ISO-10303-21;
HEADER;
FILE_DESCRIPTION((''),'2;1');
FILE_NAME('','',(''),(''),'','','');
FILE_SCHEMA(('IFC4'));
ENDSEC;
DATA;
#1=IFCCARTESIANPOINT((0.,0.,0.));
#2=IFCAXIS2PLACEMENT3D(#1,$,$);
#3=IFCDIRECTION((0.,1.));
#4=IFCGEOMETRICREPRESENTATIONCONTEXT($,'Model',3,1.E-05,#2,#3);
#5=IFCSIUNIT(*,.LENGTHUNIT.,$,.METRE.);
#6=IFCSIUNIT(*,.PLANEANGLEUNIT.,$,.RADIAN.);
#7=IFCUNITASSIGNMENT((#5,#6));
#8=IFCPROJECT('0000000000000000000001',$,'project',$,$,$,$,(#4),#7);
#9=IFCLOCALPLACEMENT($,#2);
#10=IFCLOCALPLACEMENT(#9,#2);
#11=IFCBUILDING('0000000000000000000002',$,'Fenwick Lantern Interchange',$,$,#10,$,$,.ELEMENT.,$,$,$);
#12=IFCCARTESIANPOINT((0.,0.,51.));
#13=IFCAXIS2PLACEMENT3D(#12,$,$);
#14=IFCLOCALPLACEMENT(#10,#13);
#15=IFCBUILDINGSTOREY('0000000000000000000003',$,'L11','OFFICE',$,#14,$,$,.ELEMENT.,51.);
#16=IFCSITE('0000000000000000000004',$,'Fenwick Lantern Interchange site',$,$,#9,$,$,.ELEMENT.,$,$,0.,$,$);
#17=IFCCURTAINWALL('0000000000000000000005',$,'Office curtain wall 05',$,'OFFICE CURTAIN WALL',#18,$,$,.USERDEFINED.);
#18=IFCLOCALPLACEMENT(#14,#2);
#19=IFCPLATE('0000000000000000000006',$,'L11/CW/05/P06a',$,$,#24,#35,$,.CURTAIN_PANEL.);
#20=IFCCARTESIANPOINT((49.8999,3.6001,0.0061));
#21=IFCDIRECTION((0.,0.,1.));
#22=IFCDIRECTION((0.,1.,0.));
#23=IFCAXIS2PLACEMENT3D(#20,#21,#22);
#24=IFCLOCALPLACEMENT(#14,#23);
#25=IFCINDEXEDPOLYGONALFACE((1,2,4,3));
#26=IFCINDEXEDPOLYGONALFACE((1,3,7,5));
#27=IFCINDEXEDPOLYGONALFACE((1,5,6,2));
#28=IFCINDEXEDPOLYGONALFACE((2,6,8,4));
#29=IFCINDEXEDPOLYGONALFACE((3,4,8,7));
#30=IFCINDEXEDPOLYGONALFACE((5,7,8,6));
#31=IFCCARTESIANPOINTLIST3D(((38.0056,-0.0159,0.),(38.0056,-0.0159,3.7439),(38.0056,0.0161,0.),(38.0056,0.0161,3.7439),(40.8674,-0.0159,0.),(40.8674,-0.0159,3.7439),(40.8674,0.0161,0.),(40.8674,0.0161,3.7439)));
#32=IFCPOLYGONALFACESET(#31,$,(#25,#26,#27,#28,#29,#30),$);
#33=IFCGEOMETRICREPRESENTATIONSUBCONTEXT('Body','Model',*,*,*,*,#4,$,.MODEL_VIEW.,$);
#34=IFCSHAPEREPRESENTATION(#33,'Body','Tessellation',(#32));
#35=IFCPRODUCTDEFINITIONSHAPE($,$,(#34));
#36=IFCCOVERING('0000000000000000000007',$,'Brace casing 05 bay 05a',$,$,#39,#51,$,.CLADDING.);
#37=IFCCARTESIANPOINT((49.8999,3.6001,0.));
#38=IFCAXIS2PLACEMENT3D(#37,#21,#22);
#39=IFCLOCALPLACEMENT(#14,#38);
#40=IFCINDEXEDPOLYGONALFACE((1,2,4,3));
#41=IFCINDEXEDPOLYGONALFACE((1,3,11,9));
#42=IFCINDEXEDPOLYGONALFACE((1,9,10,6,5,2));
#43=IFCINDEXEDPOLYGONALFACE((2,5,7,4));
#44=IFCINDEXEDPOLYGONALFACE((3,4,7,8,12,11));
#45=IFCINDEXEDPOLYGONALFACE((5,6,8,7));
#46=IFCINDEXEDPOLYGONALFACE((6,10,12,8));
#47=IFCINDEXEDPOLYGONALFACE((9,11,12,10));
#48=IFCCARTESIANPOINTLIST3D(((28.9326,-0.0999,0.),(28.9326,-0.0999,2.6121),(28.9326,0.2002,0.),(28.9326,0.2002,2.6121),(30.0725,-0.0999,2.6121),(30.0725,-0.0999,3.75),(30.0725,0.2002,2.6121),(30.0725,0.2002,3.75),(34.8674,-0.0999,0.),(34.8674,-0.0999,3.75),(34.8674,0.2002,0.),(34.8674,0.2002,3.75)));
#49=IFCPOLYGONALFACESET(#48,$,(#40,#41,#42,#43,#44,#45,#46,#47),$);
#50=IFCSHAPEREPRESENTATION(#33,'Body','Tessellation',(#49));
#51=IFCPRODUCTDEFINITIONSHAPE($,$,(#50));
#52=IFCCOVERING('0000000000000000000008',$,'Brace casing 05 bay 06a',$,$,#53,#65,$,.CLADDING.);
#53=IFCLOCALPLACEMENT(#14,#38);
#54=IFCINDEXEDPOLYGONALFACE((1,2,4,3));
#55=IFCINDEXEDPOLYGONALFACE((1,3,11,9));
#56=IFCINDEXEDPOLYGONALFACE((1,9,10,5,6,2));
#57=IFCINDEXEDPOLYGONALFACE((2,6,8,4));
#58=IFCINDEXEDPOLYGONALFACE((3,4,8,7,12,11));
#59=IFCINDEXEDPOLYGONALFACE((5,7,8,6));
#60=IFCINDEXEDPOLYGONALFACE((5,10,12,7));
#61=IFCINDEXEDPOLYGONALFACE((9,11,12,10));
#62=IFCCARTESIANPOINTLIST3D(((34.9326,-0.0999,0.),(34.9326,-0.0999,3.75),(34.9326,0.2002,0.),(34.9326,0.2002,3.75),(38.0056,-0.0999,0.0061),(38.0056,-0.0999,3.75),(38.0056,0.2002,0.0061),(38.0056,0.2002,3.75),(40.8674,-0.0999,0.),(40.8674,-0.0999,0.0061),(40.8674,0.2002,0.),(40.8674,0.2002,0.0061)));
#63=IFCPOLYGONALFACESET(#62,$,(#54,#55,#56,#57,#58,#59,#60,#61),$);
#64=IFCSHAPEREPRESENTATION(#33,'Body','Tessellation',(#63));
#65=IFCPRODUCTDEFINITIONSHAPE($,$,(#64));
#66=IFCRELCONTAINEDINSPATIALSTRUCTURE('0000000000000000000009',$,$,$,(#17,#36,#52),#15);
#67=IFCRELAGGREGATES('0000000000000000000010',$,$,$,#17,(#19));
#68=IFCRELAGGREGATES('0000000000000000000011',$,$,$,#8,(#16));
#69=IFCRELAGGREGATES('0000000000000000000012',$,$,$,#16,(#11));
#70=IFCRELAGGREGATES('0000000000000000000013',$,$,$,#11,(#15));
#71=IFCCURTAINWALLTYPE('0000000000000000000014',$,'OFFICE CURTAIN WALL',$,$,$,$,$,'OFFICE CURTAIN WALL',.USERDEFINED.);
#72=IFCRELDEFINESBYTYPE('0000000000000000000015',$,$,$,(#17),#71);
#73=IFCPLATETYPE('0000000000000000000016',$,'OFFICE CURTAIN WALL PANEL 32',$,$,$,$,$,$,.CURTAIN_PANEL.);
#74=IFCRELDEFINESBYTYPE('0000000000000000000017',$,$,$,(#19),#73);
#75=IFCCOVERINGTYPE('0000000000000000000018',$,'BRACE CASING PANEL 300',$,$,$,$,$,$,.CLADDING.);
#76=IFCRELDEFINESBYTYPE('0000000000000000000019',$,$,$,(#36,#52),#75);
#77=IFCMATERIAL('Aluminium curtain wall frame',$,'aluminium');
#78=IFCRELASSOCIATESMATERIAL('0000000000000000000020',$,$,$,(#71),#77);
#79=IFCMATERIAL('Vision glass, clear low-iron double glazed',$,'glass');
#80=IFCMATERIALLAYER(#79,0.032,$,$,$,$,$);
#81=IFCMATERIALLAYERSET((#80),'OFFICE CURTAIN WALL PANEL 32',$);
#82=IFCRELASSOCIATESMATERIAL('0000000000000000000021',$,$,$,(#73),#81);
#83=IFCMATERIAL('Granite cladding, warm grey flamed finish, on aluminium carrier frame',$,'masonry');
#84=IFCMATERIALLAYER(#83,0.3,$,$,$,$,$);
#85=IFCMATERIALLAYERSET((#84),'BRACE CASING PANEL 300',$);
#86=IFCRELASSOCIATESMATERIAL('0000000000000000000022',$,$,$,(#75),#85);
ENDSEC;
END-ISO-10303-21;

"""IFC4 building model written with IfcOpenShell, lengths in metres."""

from ifc_helpers import new_model, si_unit, direction, frame, origin, place, context, subcontext, project, spatial, polyline, outline, extrude, material, layer, layer_set, type_object, element, aggregate, save


model = new_model("IFC4")

# Units and contexts
model_context = context("Model", 3, precision=1e-05, world=origin(), true_north=direction((0.0, 1.0)))
body_context = subcontext(model_context, "Body", "Model", "MODEL_VIEW")
ifc_project = project(units=[si_unit("LENGTHUNIT", "METRE"), si_unit("PLANEANGLEUNIT", "RADIAN")], contexts=[model_context])

# Site, building, storey
site_placement = place(None, origin())
site = spatial("IfcSite", under=ifc_project, at=site_placement, Name="Fenwick Lantern Interchange site", CompositionType="ELEMENT", RefElevation=0.0)
building_placement = place(site_placement, origin())
building = spatial("IfcBuilding", under=site, at=building_placement, Name="Fenwick Lantern Interchange", CompositionType="ELEMENT")
storey_placement = place(building_placement, frame((0.0, 0.0, 51.0)))
storey = spatial("IfcBuildingStorey", under=building, at=storey_placement, Name="L11", Description="OFFICE", CompositionType="ELEMENT", Elevation=51.0)

# Curtain wall, plate
ifc_material_1 = material(Name="Aluminium curtain wall frame", Category="aluminium")
curtain_wall_type = type_object("IfcCurtainWallType", Name="OFFICE CURTAIN WALL", ElementType="OFFICE CURTAIN WALL", PredefinedType="USERDEFINED", material=ifc_material_1)
curtain_wall_placement = place(storey_placement, origin())
curtain_wall = element("IfcCurtainWall", 1, at=curtain_wall_placement, inside=storey, type_object=curtain_wall_type, Name="Office curtain wall 05", ObjectType="OFFICE CURTAIN WALL", PredefinedType="USERDEFINED")
ifc_material_2 = material(Name="Vision glass, clear low-iron double glazed", Category="glass")
ifc_layer_1 = layer(ifc_material_2, 0.032)
ifc_layer_set_1 = layer_set([ifc_layer_1], Name="OFFICE CURTAIN WALL PANEL 32")
plate_type = type_object("IfcPlateType", Name="OFFICE CURTAIN WALL PANEL 32", PredefinedType="CURTAIN_PANEL", material=ifc_layer_set_1)
plate_1_placement = place(storey_placement, frame((49.8999, 3.6001, 0.0061), z_axis=(0.0, 0.0, 1.0), x_axis=(0.0, 1.0, 0.0)))
plate_1 = element("IfcPlate", 2, at=plate_1_placement, type_object=plate_type, Name="L11/CW/05/P06a", PredefinedType="CURTAIN_PANEL", context=body_context, shape_type="SweptSolid", body=[
    extrude(outline(polyline([(38.0056, 0.0), (40.8674, 0.0), (40.8674, 3.7439), (38.0056, 3.7439), (38.0056, 0.0)])), frame((0.0, 0.0161, 0.0), z_axis=(0.0, -1.0, 0.0), x_axis=(1.0, 0.0, 0.0)), (0.0, 0.0, 1.0), 0.032),
])
aggregate(curtain_wall, [plate_1])

# Coverings
ifc_material_3 = material(Name="Granite cladding, warm grey flamed finish, on aluminium carrier frame", Category="masonry")
ifc_layer_2 = layer(ifc_material_3, 0.3)
ifc_layer_set_2 = layer_set([ifc_layer_2], Name="BRACE CASING PANEL 300")
covering_type = type_object("IfcCoveringType", Name="BRACE CASING PANEL 300", PredefinedType="CLADDING", material=ifc_layer_set_2)
covering_1_placement = place(storey_placement, frame((49.8999, 3.6001, 0.0), z_axis=(0.0, 0.0, 1.0), x_axis=(0.0, 1.0, 0.0)))
element("IfcCovering", 3, at=covering_1_placement, inside=storey, type_object=covering_type, Name="Brace casing 05 bay 05a", PredefinedType="CLADDING", context=body_context, shape_type="SweptSolid", body=[
    extrude(outline(polyline([(28.9326, 0.0), (34.8674, 0.0), (34.8674, 3.75), (30.0725, 3.75), (30.0725, 2.6121), (28.9326, 2.6121), (28.9326, 0.0)])), frame((0.0, 0.2002, 0.0), z_axis=(0.0, -1.0, 0.0), x_axis=(1.0, 0.0, 0.0)), (0.0, 0.0, 1.0), 0.3),
])
covering_2_placement = place(storey_placement, frame((49.8999, 3.6001, 0.0), z_axis=(0.0, 0.0, 1.0), x_axis=(0.0, 1.0, 0.0)))
element("IfcCovering", 4, at=covering_2_placement, inside=storey, type_object=covering_type, Name="Brace casing 05 bay 06a", PredefinedType="CLADDING", context=body_context, shape_type="SweptSolid", body=[
    extrude(outline(polyline([(34.9326, 0.0), (40.8674, 0.0), (40.8674, 0.0061), (38.0056, 0.0061), (38.0056, 3.75), (34.9326, 3.75), (34.9326, 0.0)])), frame((0.0, 0.2002, 0.0), z_axis=(0.0, -1.0, 0.0), x_axis=(1.0, 0.0, 0.0)), (0.0, 0.0, 1.0), 0.3),
])

save(model, "model.ifc")
